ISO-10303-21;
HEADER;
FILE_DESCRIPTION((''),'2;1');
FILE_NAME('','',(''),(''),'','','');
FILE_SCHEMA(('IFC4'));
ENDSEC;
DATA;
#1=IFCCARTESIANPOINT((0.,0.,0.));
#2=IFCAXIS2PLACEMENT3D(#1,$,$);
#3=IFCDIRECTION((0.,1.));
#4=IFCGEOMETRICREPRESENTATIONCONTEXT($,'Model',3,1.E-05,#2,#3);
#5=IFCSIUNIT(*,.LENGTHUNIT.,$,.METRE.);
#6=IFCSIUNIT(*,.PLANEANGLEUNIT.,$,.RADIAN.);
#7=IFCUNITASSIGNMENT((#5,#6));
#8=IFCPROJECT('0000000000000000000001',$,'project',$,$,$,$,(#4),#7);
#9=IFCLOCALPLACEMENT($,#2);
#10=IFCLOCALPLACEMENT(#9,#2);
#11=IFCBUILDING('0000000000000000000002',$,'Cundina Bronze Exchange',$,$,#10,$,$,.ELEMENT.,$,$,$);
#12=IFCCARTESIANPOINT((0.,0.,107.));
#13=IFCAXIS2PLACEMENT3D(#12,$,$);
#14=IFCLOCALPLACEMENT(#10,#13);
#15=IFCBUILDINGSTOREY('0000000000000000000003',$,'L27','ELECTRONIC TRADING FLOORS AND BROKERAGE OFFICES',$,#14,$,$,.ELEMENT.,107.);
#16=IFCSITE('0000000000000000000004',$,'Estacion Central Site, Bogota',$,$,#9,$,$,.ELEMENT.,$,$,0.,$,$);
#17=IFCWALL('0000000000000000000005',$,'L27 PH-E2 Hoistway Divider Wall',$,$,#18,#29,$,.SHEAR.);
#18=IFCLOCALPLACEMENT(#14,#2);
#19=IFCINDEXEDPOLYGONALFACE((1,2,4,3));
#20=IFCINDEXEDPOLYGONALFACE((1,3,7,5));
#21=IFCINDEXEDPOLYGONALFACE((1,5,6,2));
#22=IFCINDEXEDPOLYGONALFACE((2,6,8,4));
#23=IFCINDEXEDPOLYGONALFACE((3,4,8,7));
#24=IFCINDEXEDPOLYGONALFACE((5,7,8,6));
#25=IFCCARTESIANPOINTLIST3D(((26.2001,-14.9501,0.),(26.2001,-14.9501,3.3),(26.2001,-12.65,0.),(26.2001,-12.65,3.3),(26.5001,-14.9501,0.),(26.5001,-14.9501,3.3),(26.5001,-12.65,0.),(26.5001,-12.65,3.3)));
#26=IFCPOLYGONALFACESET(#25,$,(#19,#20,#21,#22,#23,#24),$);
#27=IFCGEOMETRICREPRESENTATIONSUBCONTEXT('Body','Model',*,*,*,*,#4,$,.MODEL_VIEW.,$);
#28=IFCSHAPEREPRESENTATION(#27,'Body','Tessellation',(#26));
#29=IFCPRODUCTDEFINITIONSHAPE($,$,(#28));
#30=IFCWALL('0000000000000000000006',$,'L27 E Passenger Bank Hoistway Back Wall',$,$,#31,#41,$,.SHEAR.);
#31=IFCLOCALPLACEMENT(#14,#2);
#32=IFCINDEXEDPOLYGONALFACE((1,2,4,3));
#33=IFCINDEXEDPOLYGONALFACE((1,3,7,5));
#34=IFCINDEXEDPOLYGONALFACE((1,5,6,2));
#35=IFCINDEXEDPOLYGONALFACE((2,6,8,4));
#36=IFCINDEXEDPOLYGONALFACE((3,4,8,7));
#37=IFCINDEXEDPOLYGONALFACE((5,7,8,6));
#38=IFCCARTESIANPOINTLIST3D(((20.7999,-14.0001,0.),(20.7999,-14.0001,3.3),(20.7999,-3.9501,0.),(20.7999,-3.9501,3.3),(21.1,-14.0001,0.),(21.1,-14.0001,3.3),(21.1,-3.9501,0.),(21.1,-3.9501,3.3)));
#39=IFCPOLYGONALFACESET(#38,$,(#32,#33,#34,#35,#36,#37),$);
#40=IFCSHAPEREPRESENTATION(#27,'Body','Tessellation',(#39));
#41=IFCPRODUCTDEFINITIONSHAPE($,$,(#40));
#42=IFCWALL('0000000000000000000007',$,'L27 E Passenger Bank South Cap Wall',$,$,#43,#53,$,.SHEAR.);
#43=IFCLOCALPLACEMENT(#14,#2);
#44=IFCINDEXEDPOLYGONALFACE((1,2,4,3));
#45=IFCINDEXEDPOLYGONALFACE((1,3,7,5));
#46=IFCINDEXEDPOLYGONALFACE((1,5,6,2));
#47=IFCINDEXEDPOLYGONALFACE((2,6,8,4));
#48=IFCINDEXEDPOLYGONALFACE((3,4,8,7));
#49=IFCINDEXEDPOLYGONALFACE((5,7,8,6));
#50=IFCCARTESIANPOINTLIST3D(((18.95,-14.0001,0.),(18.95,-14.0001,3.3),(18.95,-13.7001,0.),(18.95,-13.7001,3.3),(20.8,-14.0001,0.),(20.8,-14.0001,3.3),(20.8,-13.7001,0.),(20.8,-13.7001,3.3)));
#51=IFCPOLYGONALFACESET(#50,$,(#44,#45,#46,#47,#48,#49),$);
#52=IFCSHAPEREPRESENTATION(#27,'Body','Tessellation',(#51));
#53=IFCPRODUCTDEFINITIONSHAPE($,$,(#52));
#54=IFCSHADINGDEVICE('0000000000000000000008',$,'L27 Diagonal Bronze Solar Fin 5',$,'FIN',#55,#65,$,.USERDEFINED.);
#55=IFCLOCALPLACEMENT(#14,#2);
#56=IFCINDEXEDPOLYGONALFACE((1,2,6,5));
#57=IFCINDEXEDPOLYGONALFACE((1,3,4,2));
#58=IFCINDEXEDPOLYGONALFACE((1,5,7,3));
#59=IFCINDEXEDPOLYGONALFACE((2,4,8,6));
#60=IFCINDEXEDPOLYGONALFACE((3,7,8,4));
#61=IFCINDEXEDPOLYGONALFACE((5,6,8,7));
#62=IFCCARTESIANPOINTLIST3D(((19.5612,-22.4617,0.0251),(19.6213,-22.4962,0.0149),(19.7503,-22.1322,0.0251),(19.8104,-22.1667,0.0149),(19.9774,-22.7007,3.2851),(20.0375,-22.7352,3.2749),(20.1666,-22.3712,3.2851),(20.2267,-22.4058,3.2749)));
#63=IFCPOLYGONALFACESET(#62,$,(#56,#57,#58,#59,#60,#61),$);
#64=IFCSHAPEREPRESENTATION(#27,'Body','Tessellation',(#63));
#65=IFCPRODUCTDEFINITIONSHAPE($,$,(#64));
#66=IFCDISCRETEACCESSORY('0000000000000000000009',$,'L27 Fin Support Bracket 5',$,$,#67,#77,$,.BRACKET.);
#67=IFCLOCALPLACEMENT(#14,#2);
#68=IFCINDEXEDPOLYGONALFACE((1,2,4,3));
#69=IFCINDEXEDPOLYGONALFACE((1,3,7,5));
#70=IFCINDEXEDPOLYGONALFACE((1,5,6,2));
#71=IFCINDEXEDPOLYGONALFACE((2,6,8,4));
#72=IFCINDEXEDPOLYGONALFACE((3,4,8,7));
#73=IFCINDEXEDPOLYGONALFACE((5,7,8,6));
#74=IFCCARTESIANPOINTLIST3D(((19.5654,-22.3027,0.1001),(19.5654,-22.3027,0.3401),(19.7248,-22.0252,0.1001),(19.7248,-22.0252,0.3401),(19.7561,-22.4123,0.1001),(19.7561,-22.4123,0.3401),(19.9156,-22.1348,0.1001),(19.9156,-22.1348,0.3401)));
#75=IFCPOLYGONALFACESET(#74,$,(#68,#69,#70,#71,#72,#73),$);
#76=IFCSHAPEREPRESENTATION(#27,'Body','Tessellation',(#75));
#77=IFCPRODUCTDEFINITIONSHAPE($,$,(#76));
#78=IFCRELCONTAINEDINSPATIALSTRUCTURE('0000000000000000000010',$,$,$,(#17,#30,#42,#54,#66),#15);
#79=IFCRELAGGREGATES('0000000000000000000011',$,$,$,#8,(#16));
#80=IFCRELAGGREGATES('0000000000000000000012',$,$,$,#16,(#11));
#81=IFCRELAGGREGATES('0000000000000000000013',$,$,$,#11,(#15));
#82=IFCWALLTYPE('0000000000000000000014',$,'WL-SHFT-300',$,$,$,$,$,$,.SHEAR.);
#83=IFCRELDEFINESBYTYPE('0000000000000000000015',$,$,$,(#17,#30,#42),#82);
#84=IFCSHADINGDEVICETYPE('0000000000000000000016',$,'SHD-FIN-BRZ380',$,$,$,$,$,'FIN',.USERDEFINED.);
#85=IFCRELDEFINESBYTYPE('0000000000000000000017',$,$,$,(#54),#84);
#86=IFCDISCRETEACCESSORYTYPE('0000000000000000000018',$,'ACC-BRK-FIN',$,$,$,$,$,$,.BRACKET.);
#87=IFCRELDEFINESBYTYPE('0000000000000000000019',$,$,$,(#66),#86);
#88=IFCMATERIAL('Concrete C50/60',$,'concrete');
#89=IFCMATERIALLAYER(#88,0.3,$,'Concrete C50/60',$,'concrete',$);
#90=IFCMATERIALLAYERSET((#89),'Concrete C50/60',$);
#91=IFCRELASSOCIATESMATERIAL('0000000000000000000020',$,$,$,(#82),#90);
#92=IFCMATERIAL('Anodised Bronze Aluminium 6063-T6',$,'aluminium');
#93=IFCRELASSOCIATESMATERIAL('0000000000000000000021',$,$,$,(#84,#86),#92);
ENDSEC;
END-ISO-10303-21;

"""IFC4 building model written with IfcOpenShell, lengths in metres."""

from ifc_helpers import new_model, si_unit, direction, frame, frame_2d, origin, origin_2d, place, context, subcontext, project, spatial, rectangle, extrude, material, layer, layer_set, material_profile, profile_set, type_object, element, save


model = new_model("IFC4")

# Units and contexts
model_context = context("Model", 3, precision=1e-05, world=origin(), true_north=direction((0.0, 1.0)))
body_context = subcontext(model_context, "Body", "Model", "MODEL_VIEW")
ifc_project = project(units=[si_unit("LENGTHUNIT", "METRE"), si_unit("PLANEANGLEUNIT", "RADIAN")], contexts=[model_context])

# Site, building, storey
site_placement = place(None, origin())
site = spatial("IfcSite", under=ifc_project, at=site_placement, Name="Estacion Central Site, Bogota", CompositionType="ELEMENT", RefElevation=0.0)
building_placement = place(site_placement, origin())
building = spatial("IfcBuilding", under=site, at=building_placement, Name="Cundina Bronze Exchange", CompositionType="ELEMENT")
storey_placement = place(building_placement, frame((0.0, 0.0, 107.0)))
storey = spatial("IfcBuildingStorey", under=building, at=storey_placement, Name="L27", Description="ELECTRONIC TRADING FLOORS AND BROKERAGE OFFICES", CompositionType="ELEMENT", Elevation=107.0)

# Shared definitions
ifc_material_1 = material(Name="Anodised Bronze Aluminium 6063-T6", Category="aluminium")

# Walls
ifc_material_2 = material(Name="Concrete C50/60", Category="concrete")
ifc_layer_1 = layer(ifc_material_2, 0.3, Name="Concrete C50/60", Category="concrete")
ifc_layer_set_1 = layer_set([ifc_layer_1], Name="Concrete C50/60")
wall_type_1 = type_object("IfcWallType", Name="WL-SHFT-300", PredefinedType="SHEAR", material=ifc_layer_set_1)
wall_1_placement = place(storey_placement, frame((26.3501, -14.95, 0.0), z_axis=(0.0, 0.0, 1.0), x_axis=(0.0, 1.0, 0.0)))
element("IfcWall", 1, at=wall_1_placement, inside=storey, type_object=wall_type_1, Name="L27 PH-E2 Hoistway Divider Wall", PredefinedType="SHEAR", context=body_context, shape_type="SweptSolid", body=[
    extrude(rectangle(XDim=2.3, YDim=0.3, at=frame_2d((1.1499, 0.0))), origin(), (0.0, 0.0, 1.0), 3.3),
])
wall_2_placement = place(storey_placement, frame((20.95, -14.0, 0.0), z_axis=(0.0, 0.0, 1.0), x_axis=(0.0, 1.0, 0.0)))
element("IfcWall", 2, at=wall_2_placement, inside=storey, type_object=wall_type_1, Name="L27 E Passenger Bank Hoistway Back Wall", PredefinedType="SHEAR", context=body_context, shape_type="SweptSolid", body=[
    extrude(rectangle(XDim=10.05, YDim=0.3, at=frame_2d((5.0249, 0.0))), origin(), (0.0, 0.0, 1.0), 3.3),
])
wall_3_placement = place(storey_placement, frame((18.95, -13.8501, 0.0), z_axis=(0.0, 0.0, 1.0), x_axis=(1.0, 0.0, 0.0)))
element("IfcWall", 3, at=wall_3_placement, inside=storey, type_object=wall_type_1, Name="L27 E Passenger Bank South Cap Wall", PredefinedType="SHEAR", context=body_context, shape_type="SweptSolid", body=[
    extrude(rectangle(XDim=1.8501, YDim=0.3, at=frame_2d((0.925, 0.0))), origin(), (0.0, 0.0, 1.0), 3.3),
])

# Shading device
ifc_material_profile_1 = material_profile(ifc_material_1, rectangle(XDim=0.0701, YDim=0.3799, at=origin_2d()), Name="FIN70X380", Category="aluminium")
ifc_profile_set_1 = profile_set([ifc_material_profile_1], Name="Anodised Bronze Aluminium 6063-T6")
shading_device_type = type_object("IfcShadingDeviceType", Name="SHD-FIN-BRZ380", ElementType="FIN", PredefinedType="USERDEFINED", material=ifc_profile_set_1)
shading_device_placement = place(storey_placement, frame((19.6858, -22.3142, 0.02), z_axis=(0.126325, -0.072535, 0.989333), x_axis=(-0.857958, 0.492634, 0.145668)))
element("IfcShadingDevice", 4, at=shading_device_placement, inside=storey, type_object=shading_device_type, Name="L27 Diagonal Bronze Solar Fin 5", ObjectType="FIN", PredefinedType="USERDEFINED", context=body_context, shape_type="SweptSolid", body=[
    extrude(rectangle(XDim=0.0701, YDim=0.3799, at=origin_2d()), origin(), (0.0, 0.0, 1.0), 3.2952),
])

# Discrete accessory
discrete_accessory_type = type_object("IfcDiscreteAccessoryType", Name="ACC-BRK-FIN", PredefinedType="BRACKET", material=ifc_material_1)
discrete_accessory_placement = place(storey_placement, frame((19.7405, -22.2188, 0.1001), z_axis=(0.0, 0.0, 1.0), x_axis=(0.867105, -0.498125, 0.0)))
element("IfcDiscreteAccessory", 5, at=discrete_accessory_placement, inside=storey, type_object=discrete_accessory_type, Name="L27 Fin Support Bracket 5", PredefinedType="BRACKET", context=body_context, shape_type="SweptSolid", body=[
    extrude(rectangle(XDim=0.22, YDim=0.3201, at=origin_2d()), origin(), (0.0, 0.0, 1.0), 0.24),
])

save(model, "model.ifc")
